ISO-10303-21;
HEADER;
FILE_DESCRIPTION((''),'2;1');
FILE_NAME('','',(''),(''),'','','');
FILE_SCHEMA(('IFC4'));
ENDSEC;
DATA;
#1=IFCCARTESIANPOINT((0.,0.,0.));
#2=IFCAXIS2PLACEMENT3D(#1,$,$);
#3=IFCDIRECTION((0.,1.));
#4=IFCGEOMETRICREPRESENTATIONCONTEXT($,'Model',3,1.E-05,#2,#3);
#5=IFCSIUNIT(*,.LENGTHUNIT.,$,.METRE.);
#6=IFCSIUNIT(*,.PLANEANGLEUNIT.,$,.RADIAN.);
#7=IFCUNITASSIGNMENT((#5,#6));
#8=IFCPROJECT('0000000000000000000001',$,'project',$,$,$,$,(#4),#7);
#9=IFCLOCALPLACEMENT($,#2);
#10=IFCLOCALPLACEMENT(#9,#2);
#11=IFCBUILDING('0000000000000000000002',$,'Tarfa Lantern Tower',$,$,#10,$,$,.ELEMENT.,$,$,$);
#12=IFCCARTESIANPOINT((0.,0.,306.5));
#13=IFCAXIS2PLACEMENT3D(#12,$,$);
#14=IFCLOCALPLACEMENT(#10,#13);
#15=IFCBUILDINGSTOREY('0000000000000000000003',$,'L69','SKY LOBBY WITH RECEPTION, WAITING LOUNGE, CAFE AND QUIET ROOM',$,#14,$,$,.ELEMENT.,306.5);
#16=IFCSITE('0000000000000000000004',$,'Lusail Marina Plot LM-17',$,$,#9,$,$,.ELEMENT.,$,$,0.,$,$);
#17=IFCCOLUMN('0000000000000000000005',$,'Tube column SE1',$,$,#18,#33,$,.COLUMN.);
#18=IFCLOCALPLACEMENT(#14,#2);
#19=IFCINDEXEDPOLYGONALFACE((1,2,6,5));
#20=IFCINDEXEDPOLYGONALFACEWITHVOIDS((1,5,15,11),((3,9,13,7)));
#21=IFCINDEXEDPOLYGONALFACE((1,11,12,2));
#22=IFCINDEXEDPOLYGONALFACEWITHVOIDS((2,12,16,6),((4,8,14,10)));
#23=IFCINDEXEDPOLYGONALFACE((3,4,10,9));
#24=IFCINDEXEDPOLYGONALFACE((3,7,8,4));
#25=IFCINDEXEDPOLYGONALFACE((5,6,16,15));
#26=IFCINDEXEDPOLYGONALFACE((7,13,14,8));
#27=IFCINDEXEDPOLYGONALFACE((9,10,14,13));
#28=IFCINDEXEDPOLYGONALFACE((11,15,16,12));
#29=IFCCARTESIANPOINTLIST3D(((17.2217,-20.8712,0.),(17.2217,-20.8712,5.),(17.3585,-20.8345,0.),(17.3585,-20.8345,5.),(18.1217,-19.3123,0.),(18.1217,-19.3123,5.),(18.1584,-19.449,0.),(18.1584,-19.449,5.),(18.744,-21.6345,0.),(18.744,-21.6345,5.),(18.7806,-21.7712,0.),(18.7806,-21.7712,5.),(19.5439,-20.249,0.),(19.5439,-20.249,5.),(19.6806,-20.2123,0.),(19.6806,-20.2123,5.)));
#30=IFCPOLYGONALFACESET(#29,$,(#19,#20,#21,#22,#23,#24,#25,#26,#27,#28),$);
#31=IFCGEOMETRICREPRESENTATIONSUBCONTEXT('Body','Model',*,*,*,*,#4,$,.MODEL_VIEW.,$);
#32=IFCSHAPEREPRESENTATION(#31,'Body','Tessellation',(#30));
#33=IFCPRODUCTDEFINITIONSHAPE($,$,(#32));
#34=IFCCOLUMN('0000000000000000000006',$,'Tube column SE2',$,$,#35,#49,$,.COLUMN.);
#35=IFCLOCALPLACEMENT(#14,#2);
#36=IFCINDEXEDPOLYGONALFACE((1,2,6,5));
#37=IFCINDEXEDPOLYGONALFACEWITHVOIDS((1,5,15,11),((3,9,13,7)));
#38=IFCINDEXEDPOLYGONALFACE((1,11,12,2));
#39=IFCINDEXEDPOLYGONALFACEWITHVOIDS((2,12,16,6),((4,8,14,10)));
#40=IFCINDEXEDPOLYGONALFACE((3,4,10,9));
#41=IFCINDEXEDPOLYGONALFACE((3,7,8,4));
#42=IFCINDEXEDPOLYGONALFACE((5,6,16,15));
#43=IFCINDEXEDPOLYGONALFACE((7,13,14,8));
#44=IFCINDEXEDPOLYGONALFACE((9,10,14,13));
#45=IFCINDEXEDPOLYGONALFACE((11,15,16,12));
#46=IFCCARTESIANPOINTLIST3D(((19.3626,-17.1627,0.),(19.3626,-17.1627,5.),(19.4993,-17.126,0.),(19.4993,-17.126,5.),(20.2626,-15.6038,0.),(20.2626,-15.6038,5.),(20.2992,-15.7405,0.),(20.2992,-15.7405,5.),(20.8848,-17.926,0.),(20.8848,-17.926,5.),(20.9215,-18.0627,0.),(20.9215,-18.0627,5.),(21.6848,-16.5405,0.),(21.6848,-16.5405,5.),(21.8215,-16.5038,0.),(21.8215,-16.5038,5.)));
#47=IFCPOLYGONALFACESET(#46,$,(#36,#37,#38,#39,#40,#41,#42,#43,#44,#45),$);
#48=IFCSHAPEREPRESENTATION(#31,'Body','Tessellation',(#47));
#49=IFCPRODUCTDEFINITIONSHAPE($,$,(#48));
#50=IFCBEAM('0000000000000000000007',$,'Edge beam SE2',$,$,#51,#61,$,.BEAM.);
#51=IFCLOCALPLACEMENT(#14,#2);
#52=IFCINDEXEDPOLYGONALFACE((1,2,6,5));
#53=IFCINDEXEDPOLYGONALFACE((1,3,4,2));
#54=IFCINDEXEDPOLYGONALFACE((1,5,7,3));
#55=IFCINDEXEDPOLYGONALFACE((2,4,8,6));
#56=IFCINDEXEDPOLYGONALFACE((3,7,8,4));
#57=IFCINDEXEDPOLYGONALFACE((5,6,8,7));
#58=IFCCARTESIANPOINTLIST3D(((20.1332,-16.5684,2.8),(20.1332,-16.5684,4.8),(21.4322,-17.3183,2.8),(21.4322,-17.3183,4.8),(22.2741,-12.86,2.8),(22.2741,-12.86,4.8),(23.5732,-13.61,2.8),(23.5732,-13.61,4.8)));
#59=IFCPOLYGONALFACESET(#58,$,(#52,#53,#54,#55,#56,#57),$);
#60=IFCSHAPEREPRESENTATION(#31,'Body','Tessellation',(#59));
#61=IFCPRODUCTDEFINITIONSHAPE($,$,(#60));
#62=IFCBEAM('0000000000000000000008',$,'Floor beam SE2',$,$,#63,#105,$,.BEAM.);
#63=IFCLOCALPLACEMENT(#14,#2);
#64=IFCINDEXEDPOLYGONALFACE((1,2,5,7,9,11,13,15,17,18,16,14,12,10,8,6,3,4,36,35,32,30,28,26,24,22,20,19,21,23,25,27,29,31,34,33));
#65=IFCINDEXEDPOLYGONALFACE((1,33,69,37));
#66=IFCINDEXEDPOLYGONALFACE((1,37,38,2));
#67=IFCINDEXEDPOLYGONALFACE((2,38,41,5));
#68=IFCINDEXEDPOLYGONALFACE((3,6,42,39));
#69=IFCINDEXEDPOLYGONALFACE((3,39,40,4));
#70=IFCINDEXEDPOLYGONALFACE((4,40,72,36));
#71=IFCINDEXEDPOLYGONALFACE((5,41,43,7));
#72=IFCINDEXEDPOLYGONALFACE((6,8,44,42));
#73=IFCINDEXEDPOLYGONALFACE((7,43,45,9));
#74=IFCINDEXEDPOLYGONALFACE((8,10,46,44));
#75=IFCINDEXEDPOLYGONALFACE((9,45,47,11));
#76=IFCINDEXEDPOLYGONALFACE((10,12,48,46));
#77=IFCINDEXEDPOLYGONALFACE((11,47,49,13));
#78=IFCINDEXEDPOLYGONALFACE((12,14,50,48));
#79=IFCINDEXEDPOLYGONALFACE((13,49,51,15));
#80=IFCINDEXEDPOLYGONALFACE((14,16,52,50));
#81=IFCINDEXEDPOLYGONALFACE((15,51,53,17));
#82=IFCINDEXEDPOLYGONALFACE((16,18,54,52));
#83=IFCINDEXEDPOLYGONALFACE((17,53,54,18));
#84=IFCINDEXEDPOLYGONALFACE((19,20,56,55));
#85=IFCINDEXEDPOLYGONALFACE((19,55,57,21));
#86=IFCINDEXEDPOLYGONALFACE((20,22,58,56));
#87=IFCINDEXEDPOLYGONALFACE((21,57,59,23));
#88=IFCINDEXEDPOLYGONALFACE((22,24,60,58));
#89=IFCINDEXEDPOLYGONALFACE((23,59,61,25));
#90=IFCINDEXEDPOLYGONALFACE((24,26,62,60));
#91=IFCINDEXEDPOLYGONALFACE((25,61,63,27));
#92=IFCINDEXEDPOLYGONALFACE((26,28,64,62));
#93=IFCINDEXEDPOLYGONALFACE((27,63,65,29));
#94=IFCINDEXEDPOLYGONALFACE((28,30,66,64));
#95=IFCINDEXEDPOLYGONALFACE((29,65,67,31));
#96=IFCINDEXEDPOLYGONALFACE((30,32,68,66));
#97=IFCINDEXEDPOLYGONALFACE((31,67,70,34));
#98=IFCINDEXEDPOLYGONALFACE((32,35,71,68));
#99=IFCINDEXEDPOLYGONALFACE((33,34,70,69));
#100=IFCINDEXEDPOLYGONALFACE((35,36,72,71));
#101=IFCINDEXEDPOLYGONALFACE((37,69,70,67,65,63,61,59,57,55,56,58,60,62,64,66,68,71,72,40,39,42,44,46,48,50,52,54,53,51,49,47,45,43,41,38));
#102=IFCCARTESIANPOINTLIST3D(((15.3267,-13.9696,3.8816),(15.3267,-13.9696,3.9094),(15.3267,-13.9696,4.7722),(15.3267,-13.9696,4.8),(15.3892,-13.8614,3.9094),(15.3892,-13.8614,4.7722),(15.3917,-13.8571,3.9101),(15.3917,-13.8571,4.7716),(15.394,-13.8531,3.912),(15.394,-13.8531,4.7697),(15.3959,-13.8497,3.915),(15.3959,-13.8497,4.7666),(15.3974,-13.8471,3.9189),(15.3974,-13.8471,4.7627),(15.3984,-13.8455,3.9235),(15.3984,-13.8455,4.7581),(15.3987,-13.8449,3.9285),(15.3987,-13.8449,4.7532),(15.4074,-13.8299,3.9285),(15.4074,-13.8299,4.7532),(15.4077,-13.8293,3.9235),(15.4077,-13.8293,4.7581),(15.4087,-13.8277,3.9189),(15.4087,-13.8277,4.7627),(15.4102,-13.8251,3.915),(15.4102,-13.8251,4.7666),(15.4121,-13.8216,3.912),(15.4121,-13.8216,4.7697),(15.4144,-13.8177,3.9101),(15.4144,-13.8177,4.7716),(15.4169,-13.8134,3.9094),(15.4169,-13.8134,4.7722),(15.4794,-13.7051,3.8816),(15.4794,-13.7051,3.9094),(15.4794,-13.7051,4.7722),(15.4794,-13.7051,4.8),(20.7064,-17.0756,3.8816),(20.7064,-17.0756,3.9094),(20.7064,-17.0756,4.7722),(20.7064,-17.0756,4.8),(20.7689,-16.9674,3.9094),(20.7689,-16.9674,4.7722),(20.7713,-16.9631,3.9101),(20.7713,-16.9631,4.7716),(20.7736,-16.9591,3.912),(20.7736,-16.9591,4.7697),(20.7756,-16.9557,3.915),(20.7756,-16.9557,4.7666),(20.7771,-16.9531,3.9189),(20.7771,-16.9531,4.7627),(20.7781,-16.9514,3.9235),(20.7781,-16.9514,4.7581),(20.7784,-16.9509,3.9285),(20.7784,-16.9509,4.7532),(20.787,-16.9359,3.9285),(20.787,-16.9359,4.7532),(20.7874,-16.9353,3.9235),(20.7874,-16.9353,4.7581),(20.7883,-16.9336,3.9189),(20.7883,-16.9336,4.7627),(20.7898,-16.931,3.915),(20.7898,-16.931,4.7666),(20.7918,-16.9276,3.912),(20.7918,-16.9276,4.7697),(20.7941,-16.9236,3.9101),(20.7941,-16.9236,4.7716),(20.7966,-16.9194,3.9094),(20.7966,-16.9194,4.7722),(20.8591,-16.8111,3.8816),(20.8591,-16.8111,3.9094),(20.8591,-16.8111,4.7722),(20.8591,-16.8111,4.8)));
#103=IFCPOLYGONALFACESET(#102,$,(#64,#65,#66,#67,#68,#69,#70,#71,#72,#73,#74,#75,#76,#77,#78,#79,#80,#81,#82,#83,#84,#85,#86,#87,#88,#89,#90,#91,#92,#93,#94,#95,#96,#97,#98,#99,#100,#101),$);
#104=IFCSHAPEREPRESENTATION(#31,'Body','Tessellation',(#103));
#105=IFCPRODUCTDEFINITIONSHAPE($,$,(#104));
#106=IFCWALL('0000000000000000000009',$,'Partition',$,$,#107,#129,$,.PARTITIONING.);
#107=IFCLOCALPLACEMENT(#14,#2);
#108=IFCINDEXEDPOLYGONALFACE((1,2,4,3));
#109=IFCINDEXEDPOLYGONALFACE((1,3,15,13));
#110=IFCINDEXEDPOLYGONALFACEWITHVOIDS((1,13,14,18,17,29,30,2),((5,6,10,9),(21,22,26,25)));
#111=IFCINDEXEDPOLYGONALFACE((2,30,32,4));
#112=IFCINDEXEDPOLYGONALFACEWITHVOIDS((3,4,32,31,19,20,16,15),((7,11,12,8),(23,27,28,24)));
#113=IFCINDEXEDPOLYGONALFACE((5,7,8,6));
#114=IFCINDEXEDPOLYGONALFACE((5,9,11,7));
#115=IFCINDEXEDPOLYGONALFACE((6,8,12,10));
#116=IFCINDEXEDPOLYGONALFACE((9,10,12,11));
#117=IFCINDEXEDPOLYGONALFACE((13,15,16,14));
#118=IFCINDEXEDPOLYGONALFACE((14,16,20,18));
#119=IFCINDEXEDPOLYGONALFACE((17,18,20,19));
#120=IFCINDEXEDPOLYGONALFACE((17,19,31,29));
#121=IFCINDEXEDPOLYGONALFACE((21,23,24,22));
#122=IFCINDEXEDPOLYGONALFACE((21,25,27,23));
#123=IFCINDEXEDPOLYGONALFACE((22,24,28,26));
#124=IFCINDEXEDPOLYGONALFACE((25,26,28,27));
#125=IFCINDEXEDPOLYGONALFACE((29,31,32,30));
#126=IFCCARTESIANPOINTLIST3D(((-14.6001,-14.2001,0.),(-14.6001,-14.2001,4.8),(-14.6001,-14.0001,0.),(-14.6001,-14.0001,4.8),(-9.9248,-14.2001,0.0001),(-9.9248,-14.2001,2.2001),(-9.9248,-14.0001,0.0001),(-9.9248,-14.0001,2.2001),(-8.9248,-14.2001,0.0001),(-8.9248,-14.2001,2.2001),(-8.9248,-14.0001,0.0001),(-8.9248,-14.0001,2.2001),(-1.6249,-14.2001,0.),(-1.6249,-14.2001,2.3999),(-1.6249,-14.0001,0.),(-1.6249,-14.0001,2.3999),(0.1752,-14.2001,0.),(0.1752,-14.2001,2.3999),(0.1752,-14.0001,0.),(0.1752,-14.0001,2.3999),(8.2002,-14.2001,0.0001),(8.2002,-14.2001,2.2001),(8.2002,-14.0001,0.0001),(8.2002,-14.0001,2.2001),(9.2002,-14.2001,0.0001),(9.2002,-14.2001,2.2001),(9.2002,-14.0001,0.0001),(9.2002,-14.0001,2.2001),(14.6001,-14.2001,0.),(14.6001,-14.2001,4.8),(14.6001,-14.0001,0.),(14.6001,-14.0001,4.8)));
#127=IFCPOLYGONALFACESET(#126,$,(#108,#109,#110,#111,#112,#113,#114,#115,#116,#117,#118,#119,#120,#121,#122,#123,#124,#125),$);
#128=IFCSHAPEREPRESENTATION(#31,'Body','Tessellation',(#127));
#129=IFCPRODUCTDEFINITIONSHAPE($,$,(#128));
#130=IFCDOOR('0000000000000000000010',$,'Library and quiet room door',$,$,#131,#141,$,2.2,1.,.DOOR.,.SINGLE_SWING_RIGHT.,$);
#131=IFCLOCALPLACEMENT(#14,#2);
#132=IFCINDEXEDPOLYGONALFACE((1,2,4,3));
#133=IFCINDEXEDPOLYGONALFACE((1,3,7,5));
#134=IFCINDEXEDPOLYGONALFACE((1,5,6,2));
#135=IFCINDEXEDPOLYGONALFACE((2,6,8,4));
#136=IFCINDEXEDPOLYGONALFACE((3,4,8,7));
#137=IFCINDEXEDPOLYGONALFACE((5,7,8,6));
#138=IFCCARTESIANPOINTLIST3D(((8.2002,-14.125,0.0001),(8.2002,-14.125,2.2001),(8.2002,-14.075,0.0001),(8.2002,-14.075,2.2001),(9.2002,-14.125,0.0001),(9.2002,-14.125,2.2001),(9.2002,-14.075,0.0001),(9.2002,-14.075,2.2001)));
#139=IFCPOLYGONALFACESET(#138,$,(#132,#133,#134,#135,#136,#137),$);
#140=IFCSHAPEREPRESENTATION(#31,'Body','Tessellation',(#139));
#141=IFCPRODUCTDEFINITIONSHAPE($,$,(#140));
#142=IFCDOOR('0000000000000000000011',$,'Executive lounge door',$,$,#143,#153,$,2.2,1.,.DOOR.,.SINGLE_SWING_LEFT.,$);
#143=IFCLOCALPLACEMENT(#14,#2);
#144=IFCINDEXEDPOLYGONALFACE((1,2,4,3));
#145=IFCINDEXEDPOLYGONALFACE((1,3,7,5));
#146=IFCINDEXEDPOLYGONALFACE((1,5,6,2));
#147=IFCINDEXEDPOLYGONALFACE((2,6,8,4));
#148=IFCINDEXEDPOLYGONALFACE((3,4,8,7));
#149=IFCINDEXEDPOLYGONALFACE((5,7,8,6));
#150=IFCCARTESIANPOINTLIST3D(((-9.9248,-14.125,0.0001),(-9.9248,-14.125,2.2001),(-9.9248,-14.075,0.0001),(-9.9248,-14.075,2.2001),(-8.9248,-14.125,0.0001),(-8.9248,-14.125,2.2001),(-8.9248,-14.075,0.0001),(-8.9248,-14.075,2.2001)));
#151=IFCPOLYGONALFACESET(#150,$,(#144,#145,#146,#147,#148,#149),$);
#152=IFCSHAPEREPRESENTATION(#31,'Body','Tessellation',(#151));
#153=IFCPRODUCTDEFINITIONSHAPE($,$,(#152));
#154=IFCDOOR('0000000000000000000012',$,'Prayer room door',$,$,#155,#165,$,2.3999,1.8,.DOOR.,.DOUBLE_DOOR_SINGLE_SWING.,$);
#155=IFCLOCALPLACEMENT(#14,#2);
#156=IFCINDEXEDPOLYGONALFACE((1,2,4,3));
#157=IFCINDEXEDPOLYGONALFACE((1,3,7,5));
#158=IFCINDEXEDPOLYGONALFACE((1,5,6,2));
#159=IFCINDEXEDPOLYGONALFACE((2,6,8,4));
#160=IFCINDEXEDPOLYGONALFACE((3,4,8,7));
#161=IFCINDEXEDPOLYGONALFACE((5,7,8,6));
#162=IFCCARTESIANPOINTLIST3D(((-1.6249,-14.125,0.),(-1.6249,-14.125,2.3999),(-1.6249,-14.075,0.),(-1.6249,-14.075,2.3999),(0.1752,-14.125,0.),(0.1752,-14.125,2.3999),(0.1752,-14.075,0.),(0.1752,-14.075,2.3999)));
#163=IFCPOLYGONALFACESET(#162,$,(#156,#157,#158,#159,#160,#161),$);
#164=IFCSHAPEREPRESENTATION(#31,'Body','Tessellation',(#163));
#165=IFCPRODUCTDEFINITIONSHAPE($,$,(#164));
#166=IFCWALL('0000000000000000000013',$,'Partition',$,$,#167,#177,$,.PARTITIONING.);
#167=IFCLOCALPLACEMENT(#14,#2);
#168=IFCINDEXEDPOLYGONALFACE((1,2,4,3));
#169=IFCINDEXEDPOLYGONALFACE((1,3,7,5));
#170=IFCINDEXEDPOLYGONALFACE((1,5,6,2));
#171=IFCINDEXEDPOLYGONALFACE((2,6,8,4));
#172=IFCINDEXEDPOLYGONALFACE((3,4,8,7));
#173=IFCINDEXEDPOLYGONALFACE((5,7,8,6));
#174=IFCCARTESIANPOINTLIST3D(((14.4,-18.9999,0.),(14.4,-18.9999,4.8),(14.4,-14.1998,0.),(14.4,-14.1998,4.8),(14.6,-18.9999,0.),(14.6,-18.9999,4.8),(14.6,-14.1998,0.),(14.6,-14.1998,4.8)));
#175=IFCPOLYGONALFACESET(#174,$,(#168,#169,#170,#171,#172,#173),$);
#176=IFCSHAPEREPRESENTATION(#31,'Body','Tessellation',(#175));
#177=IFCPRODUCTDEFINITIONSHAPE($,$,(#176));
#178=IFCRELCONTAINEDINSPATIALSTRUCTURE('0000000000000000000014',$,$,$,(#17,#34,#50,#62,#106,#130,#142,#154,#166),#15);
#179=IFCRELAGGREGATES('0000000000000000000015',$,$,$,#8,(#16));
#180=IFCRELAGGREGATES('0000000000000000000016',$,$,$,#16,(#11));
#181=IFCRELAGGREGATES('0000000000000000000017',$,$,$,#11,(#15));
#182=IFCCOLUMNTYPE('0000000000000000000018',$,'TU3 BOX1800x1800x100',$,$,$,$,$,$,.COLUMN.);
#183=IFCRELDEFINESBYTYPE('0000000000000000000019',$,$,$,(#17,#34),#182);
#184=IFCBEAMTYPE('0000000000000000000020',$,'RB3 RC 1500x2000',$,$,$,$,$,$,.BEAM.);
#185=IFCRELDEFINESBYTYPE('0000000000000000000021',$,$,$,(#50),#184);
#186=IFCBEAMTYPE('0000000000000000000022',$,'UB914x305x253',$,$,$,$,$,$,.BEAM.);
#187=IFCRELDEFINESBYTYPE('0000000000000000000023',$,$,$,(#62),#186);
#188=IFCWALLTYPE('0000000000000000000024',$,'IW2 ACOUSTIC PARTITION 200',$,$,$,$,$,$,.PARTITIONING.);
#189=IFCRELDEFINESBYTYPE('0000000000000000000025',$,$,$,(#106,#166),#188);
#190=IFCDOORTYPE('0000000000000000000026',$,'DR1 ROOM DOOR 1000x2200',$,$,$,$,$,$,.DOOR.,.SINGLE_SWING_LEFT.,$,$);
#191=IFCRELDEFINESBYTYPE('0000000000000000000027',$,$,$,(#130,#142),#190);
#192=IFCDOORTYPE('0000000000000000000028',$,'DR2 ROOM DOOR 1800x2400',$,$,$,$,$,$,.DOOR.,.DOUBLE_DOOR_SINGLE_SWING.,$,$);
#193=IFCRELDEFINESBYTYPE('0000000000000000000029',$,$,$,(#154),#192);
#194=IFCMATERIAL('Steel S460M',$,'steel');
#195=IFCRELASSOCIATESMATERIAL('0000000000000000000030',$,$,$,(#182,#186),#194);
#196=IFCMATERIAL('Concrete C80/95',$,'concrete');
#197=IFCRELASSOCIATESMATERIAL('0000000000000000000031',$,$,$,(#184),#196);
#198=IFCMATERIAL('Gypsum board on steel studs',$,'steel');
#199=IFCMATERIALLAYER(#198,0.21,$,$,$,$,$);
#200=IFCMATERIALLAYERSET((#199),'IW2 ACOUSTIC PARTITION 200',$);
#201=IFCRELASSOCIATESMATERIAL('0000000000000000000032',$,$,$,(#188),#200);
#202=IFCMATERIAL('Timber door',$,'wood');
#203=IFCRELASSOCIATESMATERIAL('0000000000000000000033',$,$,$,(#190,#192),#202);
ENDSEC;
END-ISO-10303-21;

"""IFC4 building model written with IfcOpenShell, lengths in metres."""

from ifc_helpers import new_model, si_unit, direction, frame, frame_2d, origin, origin_2d, place, context, subcontext, project, spatial, rectangle, hollow_rectangle, i_section, extrude, material, layer, layer_set, material_profile, profile_set, type_object, element, fill, save


model = new_model("IFC4")

# Units and contexts
model_context = context("Model", 3, precision=1e-05, world=origin(), true_north=direction((0.0, 1.0)))
body_context = subcontext(model_context, "Body", "Model", "MODEL_VIEW")
ifc_project = project(units=[si_unit("LENGTHUNIT", "METRE"), si_unit("PLANEANGLEUNIT", "RADIAN")], contexts=[model_context])

# Site, building, storey
site_placement = place(None, origin())
site = spatial("IfcSite", under=ifc_project, at=site_placement, Name="Lusail Marina Plot LM-17", CompositionType="ELEMENT", RefElevation=0.0)
building_placement = place(site_placement, origin())
building = spatial("IfcBuilding", under=site, at=building_placement, Name="Tarfa Lantern Tower", CompositionType="ELEMENT")
storey_placement = place(building_placement, frame((0.0, 0.0, 306.5)))
storey = spatial("IfcBuildingStorey", under=building, at=storey_placement, Name="L69", Description="SKY LOBBY WITH RECEPTION, WAITING LOUNGE, CAFE AND QUIET ROOM", CompositionType="ELEMENT", Elevation=306.5)

# Columns
ifc_material_1 = material(Name="Steel S460M", Category="steel")
ifc_material_profile_1 = material_profile(ifc_material_1, hollow_rectangle(XDim=1.8, YDim=1.8, WallThickness=0.1001, at=origin_2d()), Name="BOX1800x1800x100")
ifc_profile_set_1 = profile_set([ifc_material_profile_1], Name="Steel S460M")
column_type = type_object("IfcColumnType", Name="TU3 BOX1800x1800x100", PredefinedType="COLUMN", material=ifc_profile_set_1)
for number, where, z_axis, x_axis, name in (
    (1, (18.4512, -20.5417, 0.0), (0.0, 0.0, 1.0), (0.5, 0.866025, 0.0), "Tube column SE1"),
    (2, (20.592, -16.8333, 0.0), (0.0, 0.0, 1.0), (0.5, 0.866025, 0.0), "Tube column SE2"),
):
    element("IfcColumn", number, at=place(storey_placement, frame(where, z_axis=z_axis, x_axis=x_axis)), inside=storey, type_object=column_type, Name=name, PredefinedType="COLUMN", context=body_context, shape_type="SweptSolid", body=[
        extrude(hollow_rectangle(XDim=1.8, YDim=1.8, WallThickness=0.1001, at=origin_2d()), origin(), (0.0, 0.0, 1.0), 5.0),
    ])

# Beams
ifc_material_2 = material(Name="Concrete C80/95", Category="concrete")
ifc_material_profile_2 = material_profile(ifc_material_2, rectangle(XDim=1.5, YDim=2.0, at=origin_2d()), Name="RC 1500x2000")
ifc_profile_set_2 = profile_set([ifc_material_profile_2], Name="Concrete C80/95")
beam_type_1 = type_object("IfcBeamType", Name="RB3 RC 1500x2000", PredefinedType="BEAM", material=ifc_profile_set_2)
beam_1_placement = place(storey_placement, frame((20.7827, -16.9434, 3.8), z_axis=(0.499984, 0.866035, 0.0), x_axis=(-0.866035, 0.499984, 0.0)))
element("IfcBeam", 3, at=beam_1_placement, inside=storey, type_object=beam_type_1, Name="Edge beam SE2", PredefinedType="BEAM", context=body_context, shape_type="SweptSolid", body=[
    extrude(rectangle(XDim=1.5, YDim=2.0, at=origin_2d()), origin(), (0.0, 0.0, 1.0), 4.282),
])
ifc_material_profile_3 = material_profile(ifc_material_1, i_section(OverallWidth=0.3054, OverallDepth=0.9185, WebThickness=0.0173, FlangeThickness=0.0278, FilletRadius=0.019, at=origin_2d()), Name="UB914x305x253")
ifc_profile_set_3 = profile_set([ifc_material_profile_3], Name="Steel S460M")
beam_type_2 = type_object("IfcBeamType", Name="UB914x305x253", PredefinedType="BEAM", material=ifc_profile_set_3)
beam_2_placement = place(storey_placement, frame((20.7827, -16.9434, 4.3408), z_axis=(-0.866024, 0.500003, 0.0), x_axis=(-0.500003, -0.866024, 0.0)))
element("IfcBeam", 4, at=beam_2_placement, inside=storey, type_object=beam_type_2, Name="Floor beam SE2", PredefinedType="BEAM", context=body_context, shape_type="SweptSolid", body=[
    extrude(i_section(OverallWidth=0.3054, OverallDepth=0.9185, WebThickness=0.0173, FlangeThickness=0.0278, FilletRadius=0.019, at=origin_2d()), origin(), (0.0, 0.0, 1.0), 6.2119),
])

# Wall, openings, doors
ifc_material_3 = material(Name="Gypsum board on steel studs", Category="steel")
ifc_layer = layer(ifc_material_3, 0.21)
ifc_layer_set = layer_set([ifc_layer], Name="IW2 ACOUSTIC PARTITION 200")
wall_type = type_object("IfcWallType", Name="IW2 ACOUSTIC PARTITION 200", PredefinedType="PARTITIONING", material=ifc_layer_set)
wall_1_placement = place(storey_placement, frame((14.6001, -14.1001, 0.0), z_axis=(0.0, 0.0, 1.0), x_axis=(-1.0, 0.0, 0.0)))
wall_1 = element("IfcWall", 5, at=wall_1_placement, inside=storey, type_object=wall_type, Name="Partition", PredefinedType="PARTITIONING", context=body_context, shape_type="SweptSolid", body=[
    extrude(rectangle(XDim=29.2002, YDim=0.2, at=frame_2d((14.6001, 0.0))), origin(), (0.0, 0.0, 1.0), 4.8),
])
opening_1_placement = place(wall_1_placement, frame((5.3999, 0.0, 0.0)))
opening_1 = element("IfcOpeningElement", 6, at=opening_1_placement, cuts=wall_1, PredefinedType="OPENING", context=body_context, shape_type="SweptSolid", body=[
    extrude(rectangle(XDim=1.0, YDim=2.2, at=frame_2d((0.5, 1.1001))), frame((0.0, 0.1099, 0.0), z_axis=(0.0, -1.0, 0.0), x_axis=(1.0, 0.0, 0.0)), (0.0, 0.0, 1.0), 0.22),
])
opening_2_placement = place(wall_1_placement, frame((14.425, 0.0, 0.0)))
opening_2 = element("IfcOpeningElement", 7, at=opening_2_placement, cuts=wall_1, PredefinedType="OPENING", context=body_context, shape_type="SweptSolid", body=[
    extrude(rectangle(XDim=1.8, YDim=2.3999, at=frame_2d((0.8999, 1.2))), frame((0.0, 0.1099, 0.0), z_axis=(0.0, -1.0, 0.0), x_axis=(1.0, 0.0, 0.0)), (0.0, 0.0, 1.0), 0.22),
])
opening_3_placement = place(wall_1_placement, frame((23.5249, 0.0, 0.0)))
opening_3 = element("IfcOpeningElement", 8, at=opening_3_placement, cuts=wall_1, PredefinedType="OPENING", context=body_context, shape_type="SweptSolid", body=[
    extrude(rectangle(XDim=1.0, YDim=2.2, at=frame_2d((0.5, 1.1001))), frame((0.0, 0.1099, 0.0), z_axis=(0.0, -1.0, 0.0), x_axis=(1.0, 0.0, 0.0)), (0.0, 0.0, 1.0), 0.22),
])
ifc_material_4 = material(Name="Timber door", Category="wood")
door_type_1 = type_object("IfcDoorType", Name="DR1 ROOM DOOR 1000x2200", OperationType="SINGLE_SWING_LEFT", PredefinedType="DOOR", material=ifc_material_4)
door_1_placement = place(opening_1_placement, origin())
door_1 = element("IfcDoor", 9, at=door_1_placement, inside=storey, type_object=door_type_1, Name="Library and quiet room door", OperationType="SINGLE_SWING_RIGHT", OverallHeight=2.2, OverallWidth=1.0, PredefinedType="DOOR", context=body_context, shape_type="SweptSolid", body=[
    extrude(rectangle(XDim=1.0, YDim=2.2, at=frame_2d((0.5, 1.1001))), frame((0.0, 0.0249, 0.0), z_axis=(0.0, -1.0, 0.0), x_axis=(1.0, 0.0, 0.0)), (0.0, 0.0, 1.0), 0.05),
])
fill(opening_1, door_1)
door_2_placement = place(opening_3_placement, origin())
door_2 = element("IfcDoor", 10, at=door_2_placement, inside=storey, type_object=door_type_1, Name="Executive lounge door", OperationType="SINGLE_SWING_LEFT", OverallHeight=2.2, OverallWidth=1.0, PredefinedType="DOOR", context=body_context, shape_type="SweptSolid", body=[
    extrude(rectangle(XDim=1.0, YDim=2.2, at=frame_2d((0.5, 1.1001))), frame((0.0, 0.0249, 0.0), z_axis=(0.0, -1.0, 0.0), x_axis=(1.0, 0.0, 0.0)), (0.0, 0.0, 1.0), 0.05),
])
fill(opening_3, door_2)
door_type_2 = type_object("IfcDoorType", Name="DR2 ROOM DOOR 1800x2400", OperationType="DOUBLE_DOOR_SINGLE_SWING", PredefinedType="DOOR", material=ifc_material_4)
door_3_placement = place(opening_2_placement, origin())
door_3 = element("IfcDoor", 11, at=door_3_placement, inside=storey, type_object=door_type_2, Name="Prayer room door", OperationType="DOUBLE_DOOR_SINGLE_SWING", OverallHeight=2.3999, OverallWidth=1.8, PredefinedType="DOOR", context=body_context, shape_type="SweptSolid", body=[
    extrude(rectangle(XDim=1.8, YDim=2.3999, at=frame_2d((0.8999, 1.2))), frame((0.0, 0.0249, 0.0), z_axis=(0.0, -1.0, 0.0), x_axis=(1.0, 0.0, 0.0)), (0.0, 0.0, 1.0), 0.05),
])
fill(opening_2, door_3)

# Wall
wall_2_placement = place(storey_placement, frame((14.5, -14.2, 0.0), z_axis=(0.0, 0.0, 1.0), x_axis=(0.0, -1.0, 0.0)))
element("IfcWall", 12, at=wall_2_placement, inside=storey, type_object=wall_type, Name="Partition", PredefinedType="PARTITIONING", context=body_context, shape_type="SweptSolid", body=[
    extrude(rectangle(XDim=4.8, YDim=0.2, at=frame_2d((2.3999, 0.0))), origin(), (0.0, 0.0, 1.0), 4.8),
])

save(model, "model.ifc")
